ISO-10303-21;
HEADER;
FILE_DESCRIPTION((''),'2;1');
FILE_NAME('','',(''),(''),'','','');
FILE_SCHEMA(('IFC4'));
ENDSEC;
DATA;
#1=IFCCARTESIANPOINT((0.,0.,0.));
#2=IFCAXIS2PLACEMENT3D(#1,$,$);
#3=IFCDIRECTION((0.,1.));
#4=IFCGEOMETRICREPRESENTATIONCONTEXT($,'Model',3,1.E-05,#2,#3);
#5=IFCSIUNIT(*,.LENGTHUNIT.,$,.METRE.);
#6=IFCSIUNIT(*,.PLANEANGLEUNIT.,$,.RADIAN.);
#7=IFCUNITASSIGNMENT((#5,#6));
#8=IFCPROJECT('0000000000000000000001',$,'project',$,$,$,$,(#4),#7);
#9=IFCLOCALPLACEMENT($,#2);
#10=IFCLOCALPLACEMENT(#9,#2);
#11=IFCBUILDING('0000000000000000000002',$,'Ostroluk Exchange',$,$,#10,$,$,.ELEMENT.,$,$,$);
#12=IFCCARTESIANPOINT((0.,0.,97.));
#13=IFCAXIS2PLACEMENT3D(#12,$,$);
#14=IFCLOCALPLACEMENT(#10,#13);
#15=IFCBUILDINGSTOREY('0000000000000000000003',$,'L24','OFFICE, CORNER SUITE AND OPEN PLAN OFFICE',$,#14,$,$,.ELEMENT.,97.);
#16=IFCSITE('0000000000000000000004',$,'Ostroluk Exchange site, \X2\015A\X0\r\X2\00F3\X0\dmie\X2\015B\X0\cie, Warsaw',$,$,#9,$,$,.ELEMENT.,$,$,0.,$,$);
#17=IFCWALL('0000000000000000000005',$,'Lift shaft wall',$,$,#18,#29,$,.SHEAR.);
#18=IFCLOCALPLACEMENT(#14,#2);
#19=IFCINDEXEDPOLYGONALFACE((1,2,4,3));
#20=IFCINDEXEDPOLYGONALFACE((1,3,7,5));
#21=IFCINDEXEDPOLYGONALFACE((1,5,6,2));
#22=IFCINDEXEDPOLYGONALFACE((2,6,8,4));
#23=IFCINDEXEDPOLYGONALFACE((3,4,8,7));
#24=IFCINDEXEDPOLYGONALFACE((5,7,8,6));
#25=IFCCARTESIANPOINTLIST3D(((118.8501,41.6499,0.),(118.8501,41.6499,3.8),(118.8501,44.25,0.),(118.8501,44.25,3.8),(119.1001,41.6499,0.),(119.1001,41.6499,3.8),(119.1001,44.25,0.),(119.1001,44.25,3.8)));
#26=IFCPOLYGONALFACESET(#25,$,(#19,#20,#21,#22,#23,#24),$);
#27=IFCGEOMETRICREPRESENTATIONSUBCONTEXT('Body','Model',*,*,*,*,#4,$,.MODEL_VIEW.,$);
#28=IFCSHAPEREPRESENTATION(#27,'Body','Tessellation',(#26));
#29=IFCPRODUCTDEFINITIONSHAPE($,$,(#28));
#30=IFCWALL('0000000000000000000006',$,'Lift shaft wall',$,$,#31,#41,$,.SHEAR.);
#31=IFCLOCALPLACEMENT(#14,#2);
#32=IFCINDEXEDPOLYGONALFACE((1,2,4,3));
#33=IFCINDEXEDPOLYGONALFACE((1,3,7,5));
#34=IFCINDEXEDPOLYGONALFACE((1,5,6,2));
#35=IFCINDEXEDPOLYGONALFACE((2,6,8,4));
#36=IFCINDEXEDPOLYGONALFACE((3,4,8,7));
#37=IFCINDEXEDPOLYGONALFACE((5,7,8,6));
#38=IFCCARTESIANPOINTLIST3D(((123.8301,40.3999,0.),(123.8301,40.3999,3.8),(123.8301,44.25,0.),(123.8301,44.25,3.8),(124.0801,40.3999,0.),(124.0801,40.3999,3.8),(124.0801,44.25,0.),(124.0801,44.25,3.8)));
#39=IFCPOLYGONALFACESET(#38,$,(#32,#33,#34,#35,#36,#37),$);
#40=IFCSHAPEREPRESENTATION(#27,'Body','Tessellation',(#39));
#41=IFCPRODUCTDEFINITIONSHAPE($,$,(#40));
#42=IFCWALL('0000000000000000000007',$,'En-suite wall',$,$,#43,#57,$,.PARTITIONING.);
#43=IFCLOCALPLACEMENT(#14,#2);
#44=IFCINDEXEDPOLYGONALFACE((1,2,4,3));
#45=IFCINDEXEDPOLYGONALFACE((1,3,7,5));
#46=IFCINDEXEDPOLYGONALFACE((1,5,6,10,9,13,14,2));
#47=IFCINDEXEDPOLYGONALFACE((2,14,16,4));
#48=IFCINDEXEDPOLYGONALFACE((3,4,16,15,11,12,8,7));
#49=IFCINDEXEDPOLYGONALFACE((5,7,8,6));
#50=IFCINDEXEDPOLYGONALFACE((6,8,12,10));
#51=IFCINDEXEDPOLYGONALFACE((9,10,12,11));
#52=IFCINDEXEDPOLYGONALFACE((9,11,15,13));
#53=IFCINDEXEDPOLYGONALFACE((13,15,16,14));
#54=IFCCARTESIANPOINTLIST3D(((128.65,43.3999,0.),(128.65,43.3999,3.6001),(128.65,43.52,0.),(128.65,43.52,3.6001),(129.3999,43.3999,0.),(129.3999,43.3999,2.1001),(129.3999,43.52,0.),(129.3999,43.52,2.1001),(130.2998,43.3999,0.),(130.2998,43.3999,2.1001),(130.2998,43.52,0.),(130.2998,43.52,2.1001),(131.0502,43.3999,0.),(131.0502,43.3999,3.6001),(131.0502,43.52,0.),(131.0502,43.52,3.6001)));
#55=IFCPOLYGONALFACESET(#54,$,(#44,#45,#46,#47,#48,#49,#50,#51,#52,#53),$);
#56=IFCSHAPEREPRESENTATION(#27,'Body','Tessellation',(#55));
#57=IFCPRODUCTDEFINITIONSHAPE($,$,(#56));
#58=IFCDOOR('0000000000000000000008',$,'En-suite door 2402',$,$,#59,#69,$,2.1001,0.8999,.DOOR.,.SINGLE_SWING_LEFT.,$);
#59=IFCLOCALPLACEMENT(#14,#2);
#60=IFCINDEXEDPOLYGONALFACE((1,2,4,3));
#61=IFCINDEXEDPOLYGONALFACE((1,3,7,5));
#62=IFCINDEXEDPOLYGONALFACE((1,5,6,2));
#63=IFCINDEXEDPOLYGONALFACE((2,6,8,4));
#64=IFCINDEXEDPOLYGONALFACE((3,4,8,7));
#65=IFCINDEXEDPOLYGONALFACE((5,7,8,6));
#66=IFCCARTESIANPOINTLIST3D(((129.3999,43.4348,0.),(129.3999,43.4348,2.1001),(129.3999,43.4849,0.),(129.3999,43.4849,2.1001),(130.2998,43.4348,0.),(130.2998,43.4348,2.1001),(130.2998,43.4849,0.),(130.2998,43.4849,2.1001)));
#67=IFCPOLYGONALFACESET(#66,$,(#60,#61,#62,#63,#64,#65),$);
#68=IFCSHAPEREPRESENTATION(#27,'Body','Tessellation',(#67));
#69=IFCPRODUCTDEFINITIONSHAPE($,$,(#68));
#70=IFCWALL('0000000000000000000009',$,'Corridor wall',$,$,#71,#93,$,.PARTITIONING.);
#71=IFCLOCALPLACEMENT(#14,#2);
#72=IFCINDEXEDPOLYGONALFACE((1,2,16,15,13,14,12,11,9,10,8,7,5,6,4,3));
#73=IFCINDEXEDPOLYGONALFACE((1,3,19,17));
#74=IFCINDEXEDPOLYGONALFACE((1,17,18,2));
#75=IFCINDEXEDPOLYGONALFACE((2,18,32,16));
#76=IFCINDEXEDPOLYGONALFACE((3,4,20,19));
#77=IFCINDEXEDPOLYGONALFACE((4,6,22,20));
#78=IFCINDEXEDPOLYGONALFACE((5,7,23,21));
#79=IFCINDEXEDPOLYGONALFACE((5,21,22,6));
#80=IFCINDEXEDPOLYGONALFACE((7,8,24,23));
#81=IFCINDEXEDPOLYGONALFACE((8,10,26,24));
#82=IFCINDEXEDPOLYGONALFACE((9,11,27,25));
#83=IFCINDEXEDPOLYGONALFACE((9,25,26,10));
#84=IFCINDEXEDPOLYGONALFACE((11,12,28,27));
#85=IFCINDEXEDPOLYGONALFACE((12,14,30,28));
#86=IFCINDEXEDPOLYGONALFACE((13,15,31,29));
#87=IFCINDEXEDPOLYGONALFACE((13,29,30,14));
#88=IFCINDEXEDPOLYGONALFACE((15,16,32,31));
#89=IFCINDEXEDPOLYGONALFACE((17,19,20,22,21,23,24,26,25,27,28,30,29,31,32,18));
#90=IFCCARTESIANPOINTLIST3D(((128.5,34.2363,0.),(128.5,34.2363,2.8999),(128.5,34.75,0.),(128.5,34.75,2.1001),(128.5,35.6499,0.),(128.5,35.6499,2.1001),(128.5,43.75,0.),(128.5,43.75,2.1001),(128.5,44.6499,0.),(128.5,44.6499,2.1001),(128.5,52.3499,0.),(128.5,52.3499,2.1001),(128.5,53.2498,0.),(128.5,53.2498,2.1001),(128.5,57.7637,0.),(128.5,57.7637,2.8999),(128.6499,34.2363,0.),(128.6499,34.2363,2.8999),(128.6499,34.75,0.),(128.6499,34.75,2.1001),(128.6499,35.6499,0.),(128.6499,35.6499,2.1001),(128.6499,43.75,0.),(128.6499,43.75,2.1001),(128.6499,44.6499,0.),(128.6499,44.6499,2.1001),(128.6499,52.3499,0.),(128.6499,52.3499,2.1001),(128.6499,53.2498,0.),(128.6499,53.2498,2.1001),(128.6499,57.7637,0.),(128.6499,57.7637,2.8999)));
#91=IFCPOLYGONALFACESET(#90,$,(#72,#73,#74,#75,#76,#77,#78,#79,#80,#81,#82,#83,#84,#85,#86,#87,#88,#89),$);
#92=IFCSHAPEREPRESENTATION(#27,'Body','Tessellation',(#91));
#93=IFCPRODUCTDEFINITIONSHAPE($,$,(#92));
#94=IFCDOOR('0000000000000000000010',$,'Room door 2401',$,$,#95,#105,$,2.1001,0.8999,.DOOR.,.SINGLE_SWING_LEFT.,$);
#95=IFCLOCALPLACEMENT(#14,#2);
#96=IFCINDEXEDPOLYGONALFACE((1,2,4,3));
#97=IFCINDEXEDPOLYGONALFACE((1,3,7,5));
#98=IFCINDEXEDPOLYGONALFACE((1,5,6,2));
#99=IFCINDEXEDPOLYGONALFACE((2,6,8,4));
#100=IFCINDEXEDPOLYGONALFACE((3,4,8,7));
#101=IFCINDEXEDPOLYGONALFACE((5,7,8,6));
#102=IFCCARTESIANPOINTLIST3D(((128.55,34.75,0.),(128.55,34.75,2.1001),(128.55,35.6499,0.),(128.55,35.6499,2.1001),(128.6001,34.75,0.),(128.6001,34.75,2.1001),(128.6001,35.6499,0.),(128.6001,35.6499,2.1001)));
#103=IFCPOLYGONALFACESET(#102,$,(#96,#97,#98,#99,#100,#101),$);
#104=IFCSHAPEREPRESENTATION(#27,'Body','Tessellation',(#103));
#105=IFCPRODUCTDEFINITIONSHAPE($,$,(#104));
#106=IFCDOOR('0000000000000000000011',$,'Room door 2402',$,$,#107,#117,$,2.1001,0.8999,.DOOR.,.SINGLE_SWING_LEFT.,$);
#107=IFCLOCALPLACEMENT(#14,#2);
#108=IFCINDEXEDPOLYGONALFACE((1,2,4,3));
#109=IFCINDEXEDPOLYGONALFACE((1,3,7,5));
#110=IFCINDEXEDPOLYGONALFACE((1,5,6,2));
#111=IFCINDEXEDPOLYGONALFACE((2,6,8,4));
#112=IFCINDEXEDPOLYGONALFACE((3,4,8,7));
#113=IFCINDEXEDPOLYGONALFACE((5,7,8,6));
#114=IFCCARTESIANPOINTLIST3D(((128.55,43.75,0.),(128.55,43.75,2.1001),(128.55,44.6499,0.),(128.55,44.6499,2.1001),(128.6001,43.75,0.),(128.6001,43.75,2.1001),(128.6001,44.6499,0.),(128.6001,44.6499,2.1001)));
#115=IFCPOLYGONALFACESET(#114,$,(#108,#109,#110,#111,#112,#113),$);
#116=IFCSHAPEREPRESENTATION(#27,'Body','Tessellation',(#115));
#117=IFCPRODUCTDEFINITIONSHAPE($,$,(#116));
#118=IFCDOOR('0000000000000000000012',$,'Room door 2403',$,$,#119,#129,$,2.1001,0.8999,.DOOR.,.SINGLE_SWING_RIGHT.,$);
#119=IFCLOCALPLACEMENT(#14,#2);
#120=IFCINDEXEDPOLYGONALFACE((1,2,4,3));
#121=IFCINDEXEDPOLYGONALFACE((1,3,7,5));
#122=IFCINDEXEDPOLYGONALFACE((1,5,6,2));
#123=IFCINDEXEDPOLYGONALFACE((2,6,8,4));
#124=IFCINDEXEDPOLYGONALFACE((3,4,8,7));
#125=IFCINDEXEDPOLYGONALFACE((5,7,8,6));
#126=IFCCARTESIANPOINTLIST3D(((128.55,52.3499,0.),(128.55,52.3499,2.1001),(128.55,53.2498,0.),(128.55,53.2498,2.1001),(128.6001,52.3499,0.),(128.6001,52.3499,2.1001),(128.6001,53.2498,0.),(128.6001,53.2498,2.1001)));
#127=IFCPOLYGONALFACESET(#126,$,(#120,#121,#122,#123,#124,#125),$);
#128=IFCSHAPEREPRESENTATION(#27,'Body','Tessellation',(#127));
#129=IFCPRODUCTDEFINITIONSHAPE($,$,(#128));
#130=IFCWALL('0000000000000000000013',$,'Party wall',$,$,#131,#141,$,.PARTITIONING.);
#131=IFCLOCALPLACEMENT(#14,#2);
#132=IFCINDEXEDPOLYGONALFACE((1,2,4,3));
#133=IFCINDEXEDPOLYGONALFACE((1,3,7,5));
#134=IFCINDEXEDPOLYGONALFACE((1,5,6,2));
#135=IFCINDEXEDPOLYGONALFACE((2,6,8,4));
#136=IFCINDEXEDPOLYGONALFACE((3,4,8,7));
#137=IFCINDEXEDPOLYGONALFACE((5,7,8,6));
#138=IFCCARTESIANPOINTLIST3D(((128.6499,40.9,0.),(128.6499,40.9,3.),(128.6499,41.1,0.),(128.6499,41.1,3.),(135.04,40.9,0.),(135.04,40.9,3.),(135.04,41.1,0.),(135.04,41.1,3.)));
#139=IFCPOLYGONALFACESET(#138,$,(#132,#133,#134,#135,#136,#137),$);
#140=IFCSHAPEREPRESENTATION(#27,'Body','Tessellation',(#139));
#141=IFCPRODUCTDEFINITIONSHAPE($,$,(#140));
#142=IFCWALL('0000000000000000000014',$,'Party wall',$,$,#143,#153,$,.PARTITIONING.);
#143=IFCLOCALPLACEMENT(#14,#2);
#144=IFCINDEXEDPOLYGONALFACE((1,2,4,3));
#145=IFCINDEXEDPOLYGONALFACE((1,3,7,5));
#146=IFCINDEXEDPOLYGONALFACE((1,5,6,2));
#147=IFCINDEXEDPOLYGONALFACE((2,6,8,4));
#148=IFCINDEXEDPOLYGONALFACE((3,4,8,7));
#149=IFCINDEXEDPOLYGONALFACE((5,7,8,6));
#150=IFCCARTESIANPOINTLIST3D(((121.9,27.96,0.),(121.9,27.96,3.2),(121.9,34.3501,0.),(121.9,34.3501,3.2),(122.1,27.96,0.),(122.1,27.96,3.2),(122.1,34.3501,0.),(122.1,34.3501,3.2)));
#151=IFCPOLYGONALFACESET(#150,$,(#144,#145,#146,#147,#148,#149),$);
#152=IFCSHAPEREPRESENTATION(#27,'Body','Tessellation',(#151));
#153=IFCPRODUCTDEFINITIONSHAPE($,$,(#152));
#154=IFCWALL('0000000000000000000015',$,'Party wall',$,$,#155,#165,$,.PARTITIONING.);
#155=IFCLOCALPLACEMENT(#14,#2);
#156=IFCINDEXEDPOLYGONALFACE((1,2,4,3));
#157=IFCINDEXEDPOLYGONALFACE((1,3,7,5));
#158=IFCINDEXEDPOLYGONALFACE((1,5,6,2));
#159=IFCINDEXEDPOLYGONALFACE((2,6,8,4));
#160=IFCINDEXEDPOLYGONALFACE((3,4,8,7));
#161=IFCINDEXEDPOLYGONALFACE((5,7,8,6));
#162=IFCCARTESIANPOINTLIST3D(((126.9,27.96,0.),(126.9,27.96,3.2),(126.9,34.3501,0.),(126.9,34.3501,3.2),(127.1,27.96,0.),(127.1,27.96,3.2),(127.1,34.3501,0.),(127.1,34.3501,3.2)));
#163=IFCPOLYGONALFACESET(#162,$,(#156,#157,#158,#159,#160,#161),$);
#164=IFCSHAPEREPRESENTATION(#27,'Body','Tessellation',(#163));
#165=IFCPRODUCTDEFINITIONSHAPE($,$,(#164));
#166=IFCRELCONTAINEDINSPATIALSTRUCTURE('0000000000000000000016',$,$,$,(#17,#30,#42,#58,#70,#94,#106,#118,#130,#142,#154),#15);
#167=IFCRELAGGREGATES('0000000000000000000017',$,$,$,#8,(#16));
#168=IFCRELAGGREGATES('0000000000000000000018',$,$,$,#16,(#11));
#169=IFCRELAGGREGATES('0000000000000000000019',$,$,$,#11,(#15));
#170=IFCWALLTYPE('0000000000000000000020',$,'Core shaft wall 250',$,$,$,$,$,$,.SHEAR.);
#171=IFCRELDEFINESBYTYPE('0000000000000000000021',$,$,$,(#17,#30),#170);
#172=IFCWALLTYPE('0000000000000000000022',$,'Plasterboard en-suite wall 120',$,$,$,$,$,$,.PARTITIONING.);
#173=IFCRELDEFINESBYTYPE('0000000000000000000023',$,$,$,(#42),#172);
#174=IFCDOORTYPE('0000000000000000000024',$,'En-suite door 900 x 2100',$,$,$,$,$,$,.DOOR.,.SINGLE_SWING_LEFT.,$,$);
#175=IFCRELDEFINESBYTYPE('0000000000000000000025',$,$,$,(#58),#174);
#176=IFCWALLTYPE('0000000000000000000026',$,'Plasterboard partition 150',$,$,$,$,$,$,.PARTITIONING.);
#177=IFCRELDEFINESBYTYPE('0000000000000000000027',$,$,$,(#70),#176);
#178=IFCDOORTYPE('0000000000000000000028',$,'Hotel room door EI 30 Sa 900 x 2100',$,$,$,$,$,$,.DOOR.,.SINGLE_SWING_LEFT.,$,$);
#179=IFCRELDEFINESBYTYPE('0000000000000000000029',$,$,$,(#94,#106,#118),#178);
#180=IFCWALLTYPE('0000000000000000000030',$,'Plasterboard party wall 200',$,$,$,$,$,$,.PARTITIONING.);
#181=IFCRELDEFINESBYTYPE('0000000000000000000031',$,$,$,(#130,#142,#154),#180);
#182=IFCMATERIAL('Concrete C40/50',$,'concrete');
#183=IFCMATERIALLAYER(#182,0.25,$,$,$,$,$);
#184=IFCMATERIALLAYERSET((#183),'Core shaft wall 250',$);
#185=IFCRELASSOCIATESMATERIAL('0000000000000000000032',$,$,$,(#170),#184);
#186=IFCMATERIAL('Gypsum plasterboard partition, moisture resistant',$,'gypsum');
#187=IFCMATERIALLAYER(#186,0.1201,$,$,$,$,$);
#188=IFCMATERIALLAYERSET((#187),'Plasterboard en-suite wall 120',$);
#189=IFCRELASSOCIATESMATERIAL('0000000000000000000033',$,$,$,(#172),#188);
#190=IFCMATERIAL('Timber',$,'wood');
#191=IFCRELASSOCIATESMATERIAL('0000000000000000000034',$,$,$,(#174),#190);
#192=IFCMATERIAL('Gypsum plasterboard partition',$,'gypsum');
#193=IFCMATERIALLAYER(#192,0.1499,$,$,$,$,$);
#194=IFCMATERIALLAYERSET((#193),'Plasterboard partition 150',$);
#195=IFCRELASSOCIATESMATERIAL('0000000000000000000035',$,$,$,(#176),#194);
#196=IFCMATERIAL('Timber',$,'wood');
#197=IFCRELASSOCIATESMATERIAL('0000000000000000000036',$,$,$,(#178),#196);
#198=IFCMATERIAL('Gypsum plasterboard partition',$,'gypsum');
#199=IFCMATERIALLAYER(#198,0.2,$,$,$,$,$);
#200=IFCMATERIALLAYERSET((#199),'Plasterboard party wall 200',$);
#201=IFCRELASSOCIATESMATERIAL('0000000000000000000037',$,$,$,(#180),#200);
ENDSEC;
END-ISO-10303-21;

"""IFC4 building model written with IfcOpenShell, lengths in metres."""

from ifc_helpers import new_model, si_unit, direction, frame, frame_2d, origin, place, context, subcontext, project, spatial, rectangle, extrude, material, layer, layer_set, type_object, element, fill, save


model = new_model("IFC4")

# Units and contexts
model_context = context("Model", 3, precision=1e-05, world=origin(), true_north=direction((0.0, 1.0)))
body_context = subcontext(model_context, "Body", "Model", "MODEL_VIEW")
ifc_project = project(units=[si_unit("LENGTHUNIT", "METRE"), si_unit("PLANEANGLEUNIT", "RADIAN")], contexts=[model_context])

# Site, building, storey
site_placement = place(None, origin())
site = spatial("IfcSite", under=ifc_project, at=site_placement, Name="Ostroluk Exchange site, Śródmieście, Warsaw", CompositionType="ELEMENT", RefElevation=0.0)
building_placement = place(site_placement, origin())
building = spatial("IfcBuilding", under=site, at=building_placement, Name="Ostroluk Exchange", CompositionType="ELEMENT")
storey_placement = place(building_placement, frame((0.0, 0.0, 97.0)))
storey = spatial("IfcBuildingStorey", under=building, at=storey_placement, Name="L24", Description="OFFICE, CORNER SUITE AND OPEN PLAN OFFICE", CompositionType="ELEMENT", Elevation=97.0)

# Walls
ifc_material_1 = material(Name="Concrete C40/50", Category="concrete")
ifc_layer_1 = layer(ifc_material_1, 0.25)
ifc_layer_set_1 = layer_set([ifc_layer_1], Name="Core shaft wall 250")
wall_type_1 = type_object("IfcWallType", Name="Core shaft wall 250", PredefinedType="SHEAR", material=ifc_layer_set_1)
wall_1_placement = place(storey_placement, frame((118.9751, 44.25, 0.0), z_axis=(0.0, 0.0, 1.0), x_axis=(0.0, -1.0, 0.0)))
element("IfcWall", 1, at=wall_1_placement, inside=storey, type_object=wall_type_1, Name="Lift shaft wall", PredefinedType="SHEAR", context=body_context, shape_type="SweptSolid", body=[
    extrude(rectangle(XDim=2.6001, YDim=0.25, at=frame_2d((1.3, 0.0))), origin(), (0.0, 0.0, 1.0), 3.8),
])
wall_2_placement = place(storey_placement, frame((123.9551, 44.25, 0.0), z_axis=(0.0, 0.0, 1.0), x_axis=(0.0, -1.0, 0.0)))
element("IfcWall", 2, at=wall_2_placement, inside=storey, type_object=wall_type_1, Name="Lift shaft wall", PredefinedType="SHEAR", context=body_context, shape_type="SweptSolid", body=[
    extrude(rectangle(XDim=3.8501, YDim=0.25, at=frame_2d((1.925, 0.0))), origin(), (0.0, 0.0, 1.0), 3.8),
])

# Wall, opening, door
ifc_material_2 = material(Name="Gypsum plasterboard partition, moisture resistant", Category="gypsum")
ifc_layer_2 = layer(ifc_material_2, 0.1201)
ifc_layer_set_2 = layer_set([ifc_layer_2], Name="Plasterboard en-suite wall 120")
wall_type_2 = type_object("IfcWallType", Name="Plasterboard en-suite wall 120", PredefinedType="PARTITIONING", material=ifc_layer_set_2)
wall_3_placement = place(storey_placement, frame((128.6499, 43.46, 0.0), z_axis=(0.0, 0.0, 1.0), x_axis=(1.0, 0.0, 0.0)))
wall_3 = element("IfcWall", 3, at=wall_3_placement, inside=storey, type_object=wall_type_2, Name="En-suite wall", PredefinedType="PARTITIONING", context=body_context, shape_type="SweptSolid", body=[
    extrude(rectangle(XDim=2.4001, YDim=0.1201, at=frame_2d((1.2002, 0.0))), origin(), (0.0, 0.0, 1.0), 3.6001),
])
opening_1_placement = place(wall_3_placement, frame((0.75, 0.0, 0.0)))
opening_1 = element("IfcOpeningElement", 4, at=opening_1_placement, cuts=wall_3, PredefinedType="OPENING", context=body_context, shape_type="SweptSolid", body=[
    extrude(rectangle(XDim=0.8999, YDim=2.1001, at=frame_2d((0.45, 1.05))), frame((0.0, 0.0701, 0.0), z_axis=(0.0, -1.0, 0.0), x_axis=(1.0, 0.0, 0.0)), (0.0, 0.0, 1.0), 0.1401),
])
ifc_material_3 = material(Name="Timber", Category="wood")
door_type_1 = type_object("IfcDoorType", Name="En-suite door 900 x 2100", OperationType="SINGLE_SWING_LEFT", PredefinedType="DOOR", material=ifc_material_3)
door_1_placement = place(opening_1_placement, origin())
door_1 = element("IfcDoor", 5, at=door_1_placement, inside=storey, type_object=door_type_1, Name="En-suite door 2402", OperationType="SINGLE_SWING_LEFT", OverallHeight=2.1001, OverallWidth=0.8999, PredefinedType="DOOR", context=body_context, shape_type="SweptSolid", body=[
    extrude(rectangle(XDim=0.8999, YDim=2.1001, at=frame_2d((0.45, 1.05))), frame((0.0, 0.0249, 0.0), z_axis=(0.0, -1.0, 0.0), x_axis=(1.0, 0.0, 0.0)), (0.0, 0.0, 1.0), 0.05),
])
fill(opening_1, door_1)

# Wall, openings, doors
ifc_material_4 = material(Name="Gypsum plasterboard partition", Category="gypsum")
ifc_layer_3 = layer(ifc_material_4, 0.1499)
ifc_layer_set_3 = layer_set([ifc_layer_3], Name="Plasterboard partition 150")
wall_type_3 = type_object("IfcWallType", Name="Plasterboard partition 150", PredefinedType="PARTITIONING", material=ifc_layer_set_3)
wall_4_placement = place(storey_placement, frame((128.575, 34.2363, 0.0), z_axis=(0.0, 0.0, 1.0), x_axis=(0.0, 1.0, 0.0)))
wall_4 = element("IfcWall", 6, at=wall_4_placement, inside=storey, type_object=wall_type_3, Name="Corridor wall", PredefinedType="PARTITIONING", context=body_context, shape_type="SweptSolid", body=[
    extrude(rectangle(XDim=23.5273, YDim=0.1499, at=frame_2d((11.7637, 0.0))), origin(), (0.0, 0.0, 1.0), 2.8999),
])
opening_2_placement = place(wall_4_placement, frame((0.5137, 0.0, 0.0)))
opening_2 = element("IfcOpeningElement", 7, at=opening_2_placement, cuts=wall_4, PredefinedType="OPENING", context=body_context, shape_type="SweptSolid", body=[
    extrude(rectangle(XDim=0.8999, YDim=2.1001, at=frame_2d((0.45, 1.05))), frame((0.0, 0.085, 0.0), z_axis=(0.0, -1.0, 0.0), x_axis=(1.0, 0.0, 0.0)), (0.0, 0.0, 1.0), 0.1699),
])
opening_3_placement = place(wall_4_placement, frame((9.5137, 0.0, 0.0)))
opening_3 = element("IfcOpeningElement", 8, at=opening_3_placement, cuts=wall_4, PredefinedType="OPENING", context=body_context, shape_type="SweptSolid", body=[
    extrude(rectangle(XDim=0.8999, YDim=2.1001, at=frame_2d((0.45, 1.05))), frame((0.0, 0.085, 0.0), z_axis=(0.0, -1.0, 0.0), x_axis=(1.0, 0.0, 0.0)), (0.0, 0.0, 1.0), 0.1699),
])
opening_4_placement = place(wall_4_placement, frame((18.1135, 0.0, 0.0)))
opening_4 = element("IfcOpeningElement", 9, at=opening_4_placement, cuts=wall_4, PredefinedType="OPENING", context=body_context, shape_type="SweptSolid", body=[
    extrude(rectangle(XDim=0.8999, YDim=2.1001, at=frame_2d((0.45, 1.05))), frame((0.0, 0.085, 0.0), z_axis=(0.0, -1.0, 0.0), x_axis=(1.0, 0.0, 0.0)), (0.0, 0.0, 1.0), 0.1699),
])
ifc_material_5 = material(Name="Timber", Category="wood")
door_type_2 = type_object("IfcDoorType", Name="Hotel room door EI 30 Sa 900 x 2100", OperationType="SINGLE_SWING_LEFT", PredefinedType="DOOR", material=ifc_material_5)
door_2_placement = place(opening_2_placement, origin())
door_2 = element("IfcDoor", 10, at=door_2_placement, inside=storey, type_object=door_type_2, Name="Room door 2401", OperationType="SINGLE_SWING_LEFT", OverallHeight=2.1001, OverallWidth=0.8999, PredefinedType="DOOR", context=body_context, shape_type="SweptSolid", body=[
    extrude(rectangle(XDim=0.8999, YDim=2.1001, at=frame_2d((0.45, 1.05))), frame((0.0, 0.0249, 0.0), z_axis=(0.0, -1.0, 0.0), x_axis=(1.0, 0.0, 0.0)), (0.0, 0.0, 1.0), 0.05),
])
fill(opening_2, door_2)
door_3_placement = place(opening_3_placement, origin())
door_3 = element("IfcDoor", 11, at=door_3_placement, inside=storey, type_object=door_type_2, Name="Room door 2402", OperationType="SINGLE_SWING_LEFT", OverallHeight=2.1001, OverallWidth=0.8999, PredefinedType="DOOR", context=body_context, shape_type="SweptSolid", body=[
    extrude(rectangle(XDim=0.8999, YDim=2.1001, at=frame_2d((0.45, 1.05))), frame((0.0, 0.0249, 0.0), z_axis=(0.0, -1.0, 0.0), x_axis=(1.0, 0.0, 0.0)), (0.0, 0.0, 1.0), 0.05),
])
fill(opening_3, door_3)
door_4_placement = place(opening_4_placement, origin())
door_4 = element("IfcDoor", 12, at=door_4_placement, inside=storey, type_object=door_type_2, Name="Room door 2403", OperationType="SINGLE_SWING_RIGHT", OverallHeight=2.1001, OverallWidth=0.8999, PredefinedType="DOOR", context=body_context, shape_type="SweptSolid", body=[
    extrude(rectangle(XDim=0.8999, YDim=2.1001, at=frame_2d((0.45, 1.05))), frame((0.0, 0.0249, 0.0), z_axis=(0.0, -1.0, 0.0), x_axis=(1.0, 0.0, 0.0)), (0.0, 0.0, 1.0), 0.05),
])
fill(opening_4, door_4)

# Walls
ifc_material_6 = material(Name="Gypsum plasterboard partition", Category="gypsum")
ifc_layer_4 = layer(ifc_material_6, 0.2)
ifc_layer_set_4 = layer_set([ifc_layer_4], Name="Plasterboard party wall 200")
wall_type_4 = type_object("IfcWallType", Name="Plasterboard party wall 200", PredefinedType="PARTITIONING", material=ifc_layer_set_4)
wall_5_placement = place(storey_placement, frame((128.6499, 41.0, 0.0), z_axis=(0.0, 0.0, 1.0), x_axis=(1.0, 0.0, 0.0)))
element("IfcWall", 13, at=wall_5_placement, inside=storey, type_object=wall_type_4, Name="Party wall", PredefinedType="PARTITIONING", context=body_context, shape_type="SweptSolid", body=[
    extrude(rectangle(XDim=6.3901, YDim=0.2, at=frame_2d((3.1951, 0.0))), origin(), (0.0, 0.0, 1.0), 3.0),
])
for number, where, z_axis, x_axis, name in (
    (14, (122.0, 34.3501, 0.0), (0.0, 0.0, 1.0), (0.0, -1.0, 0.0), "Party wall"),
    (15, (127.0, 34.3501, 0.0), (0.0, 0.0, 1.0), (0.0, -1.0, 0.0), "Party wall"),
):
    element("IfcWall", number, at=place(storey_placement, frame(where, z_axis=z_axis, x_axis=x_axis)), inside=storey, type_object=wall_type_4, Name=name, PredefinedType="PARTITIONING", context=body_context, shape_type="SweptSolid", body=[
        extrude(rectangle(XDim=6.3901, YDim=0.2, at=frame_2d((3.1951, 0.0))), origin(), (0.0, 0.0, 1.0), 3.2),
    ])

save(model, "model.ifc")
